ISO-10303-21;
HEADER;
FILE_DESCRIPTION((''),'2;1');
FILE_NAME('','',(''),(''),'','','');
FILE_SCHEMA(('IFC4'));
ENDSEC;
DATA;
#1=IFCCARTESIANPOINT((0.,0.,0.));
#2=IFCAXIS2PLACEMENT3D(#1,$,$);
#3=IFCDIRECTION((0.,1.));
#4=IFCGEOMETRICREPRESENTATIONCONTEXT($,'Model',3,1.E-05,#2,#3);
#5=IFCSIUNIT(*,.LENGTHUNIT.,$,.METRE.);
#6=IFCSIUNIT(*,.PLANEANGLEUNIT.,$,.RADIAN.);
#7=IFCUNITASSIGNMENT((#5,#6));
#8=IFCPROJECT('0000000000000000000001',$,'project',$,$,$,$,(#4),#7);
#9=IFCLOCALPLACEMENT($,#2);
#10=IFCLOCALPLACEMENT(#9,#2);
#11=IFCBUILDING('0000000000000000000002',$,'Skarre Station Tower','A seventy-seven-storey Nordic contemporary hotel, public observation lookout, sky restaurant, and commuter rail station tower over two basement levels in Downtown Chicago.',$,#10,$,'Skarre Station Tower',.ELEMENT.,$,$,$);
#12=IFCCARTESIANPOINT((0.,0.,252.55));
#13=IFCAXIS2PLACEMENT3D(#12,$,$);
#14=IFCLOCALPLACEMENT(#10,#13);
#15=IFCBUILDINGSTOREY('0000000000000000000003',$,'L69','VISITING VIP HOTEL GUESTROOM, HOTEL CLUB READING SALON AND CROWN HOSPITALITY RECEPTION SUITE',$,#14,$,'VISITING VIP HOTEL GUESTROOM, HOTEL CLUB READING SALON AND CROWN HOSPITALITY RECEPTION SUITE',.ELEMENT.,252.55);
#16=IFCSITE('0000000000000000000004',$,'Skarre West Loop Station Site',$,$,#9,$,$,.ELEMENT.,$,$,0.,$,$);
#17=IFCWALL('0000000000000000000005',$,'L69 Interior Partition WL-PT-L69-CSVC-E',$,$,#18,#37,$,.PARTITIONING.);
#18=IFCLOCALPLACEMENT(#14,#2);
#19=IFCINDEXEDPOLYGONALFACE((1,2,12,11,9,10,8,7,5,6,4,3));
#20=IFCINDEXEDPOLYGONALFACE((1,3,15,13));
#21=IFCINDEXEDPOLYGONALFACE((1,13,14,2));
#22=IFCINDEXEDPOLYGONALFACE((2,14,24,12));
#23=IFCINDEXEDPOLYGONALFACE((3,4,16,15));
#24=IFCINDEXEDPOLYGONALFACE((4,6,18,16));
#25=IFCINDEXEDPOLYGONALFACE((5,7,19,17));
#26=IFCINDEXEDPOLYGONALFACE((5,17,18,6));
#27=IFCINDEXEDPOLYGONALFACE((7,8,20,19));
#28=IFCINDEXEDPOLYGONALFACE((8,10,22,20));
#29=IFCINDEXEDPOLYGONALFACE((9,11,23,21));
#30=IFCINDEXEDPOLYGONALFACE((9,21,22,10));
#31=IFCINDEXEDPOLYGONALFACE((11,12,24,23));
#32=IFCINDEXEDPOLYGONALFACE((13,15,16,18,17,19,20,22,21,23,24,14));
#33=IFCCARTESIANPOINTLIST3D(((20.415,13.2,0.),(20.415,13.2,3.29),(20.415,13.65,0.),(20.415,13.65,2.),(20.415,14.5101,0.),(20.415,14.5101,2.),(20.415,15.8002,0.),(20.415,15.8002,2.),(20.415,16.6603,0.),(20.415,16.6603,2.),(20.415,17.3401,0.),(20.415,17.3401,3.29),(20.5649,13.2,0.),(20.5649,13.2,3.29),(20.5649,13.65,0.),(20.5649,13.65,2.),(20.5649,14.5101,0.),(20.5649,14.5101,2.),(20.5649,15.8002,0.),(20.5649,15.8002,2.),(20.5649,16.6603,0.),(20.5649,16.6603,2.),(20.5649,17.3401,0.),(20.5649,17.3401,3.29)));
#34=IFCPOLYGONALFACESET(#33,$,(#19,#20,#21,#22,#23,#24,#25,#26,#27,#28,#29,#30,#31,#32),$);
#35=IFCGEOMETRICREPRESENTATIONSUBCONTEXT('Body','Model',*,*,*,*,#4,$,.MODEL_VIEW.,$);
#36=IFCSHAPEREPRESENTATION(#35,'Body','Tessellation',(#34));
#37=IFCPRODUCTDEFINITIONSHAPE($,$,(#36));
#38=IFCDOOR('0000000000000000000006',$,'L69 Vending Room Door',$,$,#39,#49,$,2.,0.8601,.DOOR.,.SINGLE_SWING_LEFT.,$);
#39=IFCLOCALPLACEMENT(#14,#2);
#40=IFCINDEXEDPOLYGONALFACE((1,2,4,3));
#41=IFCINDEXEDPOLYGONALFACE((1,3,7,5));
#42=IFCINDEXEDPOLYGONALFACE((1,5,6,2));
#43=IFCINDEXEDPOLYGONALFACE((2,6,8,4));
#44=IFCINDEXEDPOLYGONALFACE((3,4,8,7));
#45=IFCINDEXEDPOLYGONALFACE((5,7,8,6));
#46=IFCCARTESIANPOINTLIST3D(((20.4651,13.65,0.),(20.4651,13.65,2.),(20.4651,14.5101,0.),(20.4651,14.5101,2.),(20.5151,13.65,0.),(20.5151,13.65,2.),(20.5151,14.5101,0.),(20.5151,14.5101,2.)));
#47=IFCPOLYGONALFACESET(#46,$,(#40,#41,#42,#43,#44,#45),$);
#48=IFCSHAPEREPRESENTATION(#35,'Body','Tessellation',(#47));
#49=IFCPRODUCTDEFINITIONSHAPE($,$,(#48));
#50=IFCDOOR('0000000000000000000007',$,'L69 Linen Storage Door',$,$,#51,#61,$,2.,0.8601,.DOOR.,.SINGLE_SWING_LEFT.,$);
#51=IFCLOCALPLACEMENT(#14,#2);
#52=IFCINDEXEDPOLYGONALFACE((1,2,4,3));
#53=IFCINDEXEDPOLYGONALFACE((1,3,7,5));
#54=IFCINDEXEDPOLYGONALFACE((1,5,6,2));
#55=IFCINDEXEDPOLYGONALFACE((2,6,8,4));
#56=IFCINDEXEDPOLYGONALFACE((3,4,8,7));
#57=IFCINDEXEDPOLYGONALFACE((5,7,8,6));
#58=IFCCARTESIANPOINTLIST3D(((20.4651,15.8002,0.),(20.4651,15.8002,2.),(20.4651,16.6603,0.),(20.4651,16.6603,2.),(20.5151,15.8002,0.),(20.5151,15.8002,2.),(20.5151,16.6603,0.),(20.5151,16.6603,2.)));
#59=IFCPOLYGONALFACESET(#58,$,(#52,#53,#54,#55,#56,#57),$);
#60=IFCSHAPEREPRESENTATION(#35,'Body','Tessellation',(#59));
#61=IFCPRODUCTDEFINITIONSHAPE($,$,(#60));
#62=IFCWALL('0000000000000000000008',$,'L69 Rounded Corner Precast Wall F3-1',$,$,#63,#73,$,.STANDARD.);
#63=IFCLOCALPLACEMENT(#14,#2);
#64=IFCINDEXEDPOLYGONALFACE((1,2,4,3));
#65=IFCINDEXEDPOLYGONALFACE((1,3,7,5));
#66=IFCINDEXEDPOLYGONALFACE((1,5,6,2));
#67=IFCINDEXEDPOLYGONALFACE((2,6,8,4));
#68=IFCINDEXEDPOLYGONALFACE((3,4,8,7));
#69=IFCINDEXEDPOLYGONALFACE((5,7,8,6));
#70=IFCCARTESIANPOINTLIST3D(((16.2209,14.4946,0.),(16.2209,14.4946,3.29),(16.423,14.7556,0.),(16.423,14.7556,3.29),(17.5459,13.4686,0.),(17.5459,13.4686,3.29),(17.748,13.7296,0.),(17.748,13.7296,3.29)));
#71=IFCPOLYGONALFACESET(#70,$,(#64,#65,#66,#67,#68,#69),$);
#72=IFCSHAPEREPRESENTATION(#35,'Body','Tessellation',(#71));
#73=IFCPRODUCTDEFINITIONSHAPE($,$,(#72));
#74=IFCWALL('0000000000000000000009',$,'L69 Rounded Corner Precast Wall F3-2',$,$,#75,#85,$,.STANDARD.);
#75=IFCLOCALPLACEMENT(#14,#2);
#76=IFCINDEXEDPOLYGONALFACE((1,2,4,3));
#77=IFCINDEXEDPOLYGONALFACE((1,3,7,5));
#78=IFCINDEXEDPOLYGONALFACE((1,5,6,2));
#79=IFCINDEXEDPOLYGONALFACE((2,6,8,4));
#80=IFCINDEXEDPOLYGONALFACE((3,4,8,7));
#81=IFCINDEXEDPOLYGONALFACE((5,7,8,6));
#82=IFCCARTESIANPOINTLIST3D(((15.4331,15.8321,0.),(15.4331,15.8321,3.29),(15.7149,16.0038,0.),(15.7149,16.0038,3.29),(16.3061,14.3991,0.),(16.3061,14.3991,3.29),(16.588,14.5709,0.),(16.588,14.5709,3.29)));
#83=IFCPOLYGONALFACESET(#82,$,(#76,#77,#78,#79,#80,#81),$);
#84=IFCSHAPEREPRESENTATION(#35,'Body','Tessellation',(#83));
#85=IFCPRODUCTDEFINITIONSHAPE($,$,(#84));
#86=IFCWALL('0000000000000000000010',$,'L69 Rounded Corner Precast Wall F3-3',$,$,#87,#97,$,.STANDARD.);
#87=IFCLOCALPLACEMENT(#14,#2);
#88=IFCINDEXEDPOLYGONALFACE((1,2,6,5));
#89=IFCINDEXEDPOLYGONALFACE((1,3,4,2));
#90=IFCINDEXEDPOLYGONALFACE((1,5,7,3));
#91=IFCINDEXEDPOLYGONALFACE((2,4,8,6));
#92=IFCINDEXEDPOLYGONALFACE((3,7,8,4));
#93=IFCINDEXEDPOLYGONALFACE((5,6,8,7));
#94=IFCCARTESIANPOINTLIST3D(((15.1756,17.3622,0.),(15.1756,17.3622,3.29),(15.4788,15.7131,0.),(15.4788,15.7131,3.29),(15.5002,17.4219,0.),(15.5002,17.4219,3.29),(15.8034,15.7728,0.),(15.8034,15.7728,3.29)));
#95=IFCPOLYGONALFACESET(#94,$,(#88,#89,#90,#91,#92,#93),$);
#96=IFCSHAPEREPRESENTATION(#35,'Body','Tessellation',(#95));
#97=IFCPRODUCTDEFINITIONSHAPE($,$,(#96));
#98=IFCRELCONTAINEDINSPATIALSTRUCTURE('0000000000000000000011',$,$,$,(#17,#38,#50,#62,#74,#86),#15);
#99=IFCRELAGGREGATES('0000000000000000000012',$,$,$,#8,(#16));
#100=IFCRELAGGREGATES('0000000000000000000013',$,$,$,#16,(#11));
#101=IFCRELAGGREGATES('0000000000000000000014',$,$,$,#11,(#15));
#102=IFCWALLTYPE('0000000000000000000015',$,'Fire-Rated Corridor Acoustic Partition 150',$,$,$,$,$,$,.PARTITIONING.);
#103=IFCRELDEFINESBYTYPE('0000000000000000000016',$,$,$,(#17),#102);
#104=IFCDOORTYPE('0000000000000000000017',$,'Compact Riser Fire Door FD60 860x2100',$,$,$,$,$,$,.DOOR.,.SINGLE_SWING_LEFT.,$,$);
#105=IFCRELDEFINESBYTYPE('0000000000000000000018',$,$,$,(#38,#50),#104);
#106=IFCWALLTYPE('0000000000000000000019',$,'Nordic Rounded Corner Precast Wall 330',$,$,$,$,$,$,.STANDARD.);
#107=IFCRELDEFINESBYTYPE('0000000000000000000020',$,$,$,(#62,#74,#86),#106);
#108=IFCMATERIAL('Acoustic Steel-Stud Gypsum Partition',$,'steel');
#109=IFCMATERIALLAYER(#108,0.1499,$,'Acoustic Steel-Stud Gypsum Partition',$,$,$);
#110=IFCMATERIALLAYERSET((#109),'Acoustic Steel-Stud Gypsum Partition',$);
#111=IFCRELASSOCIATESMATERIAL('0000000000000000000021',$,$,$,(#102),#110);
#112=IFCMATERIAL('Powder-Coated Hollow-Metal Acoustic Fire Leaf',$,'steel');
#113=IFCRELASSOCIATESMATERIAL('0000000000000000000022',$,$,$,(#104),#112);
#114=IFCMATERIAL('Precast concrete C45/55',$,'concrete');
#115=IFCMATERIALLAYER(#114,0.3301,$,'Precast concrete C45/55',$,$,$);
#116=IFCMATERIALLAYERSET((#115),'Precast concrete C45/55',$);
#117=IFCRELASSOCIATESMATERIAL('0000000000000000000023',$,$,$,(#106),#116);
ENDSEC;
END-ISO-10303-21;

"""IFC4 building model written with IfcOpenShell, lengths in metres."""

from ifc_helpers import new_model, si_unit, direction, frame, frame_2d, origin, place, context, subcontext, project, spatial, rectangle, extrude, material, layer, layer_set, type_object, element, fill, save


model = new_model("IFC4")

# Units and contexts
model_context = context("Model", 3, precision=1e-05, world=origin(), true_north=direction((0.0, 1.0)))
body_context = subcontext(model_context, "Body", "Model", "MODEL_VIEW")
ifc_project = project(units=[si_unit("LENGTHUNIT", "METRE"), si_unit("PLANEANGLEUNIT", "RADIAN")], contexts=[model_context])

# Site, building, storey
site_placement = place(None, origin())
site = spatial("IfcSite", under=ifc_project, at=site_placement, Name="Skarre West Loop Station Site", CompositionType="ELEMENT", RefElevation=0.0)
building_placement = place(site_placement, origin())
building = spatial("IfcBuilding", under=site, at=building_placement, Name="Skarre Station Tower", Description="A seventy-seven-storey Nordic contemporary hotel, public observation lookout, sky restaurant, and commuter rail station tower over two basement levels in Downtown Chicago.", LongName="Skarre Station Tower", CompositionType="ELEMENT")
storey_placement = place(building_placement, frame((0.0, 0.0, 252.55)))
storey = spatial("IfcBuildingStorey", under=building, at=storey_placement, Name="L69", Description="VISITING VIP HOTEL GUESTROOM, HOTEL CLUB READING SALON AND CROWN HOSPITALITY RECEPTION SUITE", LongName="VISITING VIP HOTEL GUESTROOM, HOTEL CLUB READING SALON AND CROWN HOSPITALITY RECEPTION SUITE", CompositionType="ELEMENT", Elevation=252.55)

# Shared definitions
ifc_material_1 = material(Name="Acoustic Steel-Stud Gypsum Partition", Category="steel")
ifc_layer_1 = layer(ifc_material_1, 0.1499, Name="Acoustic Steel-Stud Gypsum Partition")
ifc_layer_set_1 = layer_set([ifc_layer_1], Name="Acoustic Steel-Stud Gypsum Partition")
wall_type_1 = type_object("IfcWallType", Name="Fire-Rated Corridor Acoustic Partition 150", PredefinedType="PARTITIONING", material=ifc_layer_set_1)

# Wall, openings, doors
wall_1_placement = place(storey_placement, frame((20.49, 13.2, 0.0), z_axis=(0.0, 0.0, 1.0), x_axis=(0.0, 1.0, 0.0)))
wall_1 = element("IfcWall", 1, at=wall_1_placement, inside=storey, type_object=wall_type_1, Name="L69 Interior Partition WL-PT-L69-CSVC-E", PredefinedType="PARTITIONING", context=body_context, shape_type="SweptSolid", body=[
    extrude(rectangle(XDim=4.1401, YDim=0.1499, at=frame_2d((2.0701, 0.0))), origin(), (0.0, 0.0, 1.0), 3.29),
])
opening_1_placement = place(wall_1_placement, frame((0.45, 0.0, 0.0)))
opening_1 = element("IfcOpeningElement", 2, at=opening_1_placement, cuts=wall_1, PredefinedType="OPENING", context=body_context, shape_type="SweptSolid", body=[
    extrude(rectangle(XDim=0.8601, YDim=2.0, at=frame_2d((0.4302, 1.0))), frame((0.0, 0.085, 0.0), z_axis=(0.0, -1.0, 0.0), x_axis=(1.0, 0.0, 0.0)), (0.0, 0.0, 1.0), 0.1699),
])
opening_2_placement = place(wall_1_placement, frame((2.6001, 0.0, 0.0)))
opening_2 = element("IfcOpeningElement", 3, at=opening_2_placement, cuts=wall_1, PredefinedType="OPENING", context=body_context, shape_type="SweptSolid", body=[
    extrude(rectangle(XDim=0.8601, YDim=2.0, at=frame_2d((0.4302, 1.0))), frame((0.0, 0.085, 0.0), z_axis=(0.0, -1.0, 0.0), x_axis=(1.0, 0.0, 0.0)), (0.0, 0.0, 1.0), 0.1699),
])
ifc_material_2 = material(Name="Powder-Coated Hollow-Metal Acoustic Fire Leaf", Category="steel")
door_type = type_object("IfcDoorType", Name="Compact Riser Fire Door FD60 860x2100", OperationType="SINGLE_SWING_LEFT", PredefinedType="DOOR", material=ifc_material_2)
door_1_placement = place(opening_1_placement, origin())
door_1 = element("IfcDoor", 4, at=door_1_placement, inside=storey, type_object=door_type, Name="L69 Vending Room Door", OperationType="SINGLE_SWING_LEFT", OverallHeight=2.0, OverallWidth=0.8601, PredefinedType="DOOR", context=body_context, shape_type="SweptSolid", body=[
    extrude(rectangle(XDim=0.8601, YDim=2.0, at=frame_2d((0.4302, 1.0))), frame((0.0, 0.0249, 0.0), z_axis=(0.0, -1.0, 0.0), x_axis=(1.0, 0.0, 0.0)), (0.0, 0.0, 1.0), 0.05),
])
fill(opening_1, door_1)
door_2_placement = place(opening_2_placement, origin())
door_2 = element("IfcDoor", 5, at=door_2_placement, inside=storey, type_object=door_type, Name="L69 Linen Storage Door", OperationType="SINGLE_SWING_LEFT", OverallHeight=2.0, OverallWidth=0.8601, PredefinedType="DOOR", context=body_context, shape_type="SweptSolid", body=[
    extrude(rectangle(XDim=0.8601, YDim=2.0, at=frame_2d((0.4302, 1.0))), frame((0.0, 0.0249, 0.0), z_axis=(0.0, -1.0, 0.0), x_axis=(1.0, 0.0, 0.0)), (0.0, 0.0, 1.0), 0.05),
])
fill(opening_2, door_2)

# Walls
ifc_material_3 = material(Name="Precast concrete C45/55", Category="concrete")
ifc_layer_2 = layer(ifc_material_3, 0.3301, Name="Precast concrete C45/55")
ifc_layer_set_2 = layer_set([ifc_layer_2], Name="Precast concrete C45/55")
wall_type_2 = type_object("IfcWallType", Name="Nordic Rounded Corner Precast Wall 330", PredefinedType="STANDARD", material=ifc_layer_set_2)
wall_2_placement = place(storey_placement, frame((17.647, 13.5991, 0.0), z_axis=(0.0, 0.0, 1.0), x_axis=(-0.790692, 0.612214, 0.0)))
element("IfcWall", 6, at=wall_2_placement, inside=storey, type_object=wall_type_2, Name="L69 Rounded Corner Precast Wall F3-1", PredefinedType="STANDARD", context=body_context, shape_type="SweptSolid", body=[
    extrude(rectangle(XDim=1.6758, YDim=0.3301, at=frame_2d((0.8379, 0.0))), origin(), (0.0, 0.0, 1.0), 3.29),
])
wall_3_placement = place(storey_placement, frame((16.447, 14.4851, 0.0), z_axis=(0.0, 0.0, 1.0), x_axis=(-0.520325, 0.853968, 0.0)))
element("IfcWall", 7, at=wall_3_placement, inside=storey, type_object=wall_type_2, Name="L69 Rounded Corner Precast Wall F3-2", PredefinedType="STANDARD", context=body_context, shape_type="SweptSolid", body=[
    extrude(rectangle(XDim=1.678, YDim=0.3301, at=frame_2d((0.8389, 0.0))), origin(), (0.0, 0.0, 1.0), 3.29),
])
wall_4_placement = place(storey_placement, frame((15.6411, 15.7429, 0.0), z_axis=(0.0, 0.0, 1.0), x_axis=(-0.180833, 0.983514, 0.0)))
element("IfcWall", 8, at=wall_4_placement, inside=storey, type_object=wall_type_2, Name="L69 Rounded Corner Precast Wall F3-3", PredefinedType="STANDARD", context=body_context, shape_type="SweptSolid", body=[
    extrude(rectangle(XDim=1.6768, YDim=0.3301, at=frame_2d((0.8384, 0.0))), origin(), (0.0, 0.0, 1.0), 3.29),
])

save(model, "model.ifc")
